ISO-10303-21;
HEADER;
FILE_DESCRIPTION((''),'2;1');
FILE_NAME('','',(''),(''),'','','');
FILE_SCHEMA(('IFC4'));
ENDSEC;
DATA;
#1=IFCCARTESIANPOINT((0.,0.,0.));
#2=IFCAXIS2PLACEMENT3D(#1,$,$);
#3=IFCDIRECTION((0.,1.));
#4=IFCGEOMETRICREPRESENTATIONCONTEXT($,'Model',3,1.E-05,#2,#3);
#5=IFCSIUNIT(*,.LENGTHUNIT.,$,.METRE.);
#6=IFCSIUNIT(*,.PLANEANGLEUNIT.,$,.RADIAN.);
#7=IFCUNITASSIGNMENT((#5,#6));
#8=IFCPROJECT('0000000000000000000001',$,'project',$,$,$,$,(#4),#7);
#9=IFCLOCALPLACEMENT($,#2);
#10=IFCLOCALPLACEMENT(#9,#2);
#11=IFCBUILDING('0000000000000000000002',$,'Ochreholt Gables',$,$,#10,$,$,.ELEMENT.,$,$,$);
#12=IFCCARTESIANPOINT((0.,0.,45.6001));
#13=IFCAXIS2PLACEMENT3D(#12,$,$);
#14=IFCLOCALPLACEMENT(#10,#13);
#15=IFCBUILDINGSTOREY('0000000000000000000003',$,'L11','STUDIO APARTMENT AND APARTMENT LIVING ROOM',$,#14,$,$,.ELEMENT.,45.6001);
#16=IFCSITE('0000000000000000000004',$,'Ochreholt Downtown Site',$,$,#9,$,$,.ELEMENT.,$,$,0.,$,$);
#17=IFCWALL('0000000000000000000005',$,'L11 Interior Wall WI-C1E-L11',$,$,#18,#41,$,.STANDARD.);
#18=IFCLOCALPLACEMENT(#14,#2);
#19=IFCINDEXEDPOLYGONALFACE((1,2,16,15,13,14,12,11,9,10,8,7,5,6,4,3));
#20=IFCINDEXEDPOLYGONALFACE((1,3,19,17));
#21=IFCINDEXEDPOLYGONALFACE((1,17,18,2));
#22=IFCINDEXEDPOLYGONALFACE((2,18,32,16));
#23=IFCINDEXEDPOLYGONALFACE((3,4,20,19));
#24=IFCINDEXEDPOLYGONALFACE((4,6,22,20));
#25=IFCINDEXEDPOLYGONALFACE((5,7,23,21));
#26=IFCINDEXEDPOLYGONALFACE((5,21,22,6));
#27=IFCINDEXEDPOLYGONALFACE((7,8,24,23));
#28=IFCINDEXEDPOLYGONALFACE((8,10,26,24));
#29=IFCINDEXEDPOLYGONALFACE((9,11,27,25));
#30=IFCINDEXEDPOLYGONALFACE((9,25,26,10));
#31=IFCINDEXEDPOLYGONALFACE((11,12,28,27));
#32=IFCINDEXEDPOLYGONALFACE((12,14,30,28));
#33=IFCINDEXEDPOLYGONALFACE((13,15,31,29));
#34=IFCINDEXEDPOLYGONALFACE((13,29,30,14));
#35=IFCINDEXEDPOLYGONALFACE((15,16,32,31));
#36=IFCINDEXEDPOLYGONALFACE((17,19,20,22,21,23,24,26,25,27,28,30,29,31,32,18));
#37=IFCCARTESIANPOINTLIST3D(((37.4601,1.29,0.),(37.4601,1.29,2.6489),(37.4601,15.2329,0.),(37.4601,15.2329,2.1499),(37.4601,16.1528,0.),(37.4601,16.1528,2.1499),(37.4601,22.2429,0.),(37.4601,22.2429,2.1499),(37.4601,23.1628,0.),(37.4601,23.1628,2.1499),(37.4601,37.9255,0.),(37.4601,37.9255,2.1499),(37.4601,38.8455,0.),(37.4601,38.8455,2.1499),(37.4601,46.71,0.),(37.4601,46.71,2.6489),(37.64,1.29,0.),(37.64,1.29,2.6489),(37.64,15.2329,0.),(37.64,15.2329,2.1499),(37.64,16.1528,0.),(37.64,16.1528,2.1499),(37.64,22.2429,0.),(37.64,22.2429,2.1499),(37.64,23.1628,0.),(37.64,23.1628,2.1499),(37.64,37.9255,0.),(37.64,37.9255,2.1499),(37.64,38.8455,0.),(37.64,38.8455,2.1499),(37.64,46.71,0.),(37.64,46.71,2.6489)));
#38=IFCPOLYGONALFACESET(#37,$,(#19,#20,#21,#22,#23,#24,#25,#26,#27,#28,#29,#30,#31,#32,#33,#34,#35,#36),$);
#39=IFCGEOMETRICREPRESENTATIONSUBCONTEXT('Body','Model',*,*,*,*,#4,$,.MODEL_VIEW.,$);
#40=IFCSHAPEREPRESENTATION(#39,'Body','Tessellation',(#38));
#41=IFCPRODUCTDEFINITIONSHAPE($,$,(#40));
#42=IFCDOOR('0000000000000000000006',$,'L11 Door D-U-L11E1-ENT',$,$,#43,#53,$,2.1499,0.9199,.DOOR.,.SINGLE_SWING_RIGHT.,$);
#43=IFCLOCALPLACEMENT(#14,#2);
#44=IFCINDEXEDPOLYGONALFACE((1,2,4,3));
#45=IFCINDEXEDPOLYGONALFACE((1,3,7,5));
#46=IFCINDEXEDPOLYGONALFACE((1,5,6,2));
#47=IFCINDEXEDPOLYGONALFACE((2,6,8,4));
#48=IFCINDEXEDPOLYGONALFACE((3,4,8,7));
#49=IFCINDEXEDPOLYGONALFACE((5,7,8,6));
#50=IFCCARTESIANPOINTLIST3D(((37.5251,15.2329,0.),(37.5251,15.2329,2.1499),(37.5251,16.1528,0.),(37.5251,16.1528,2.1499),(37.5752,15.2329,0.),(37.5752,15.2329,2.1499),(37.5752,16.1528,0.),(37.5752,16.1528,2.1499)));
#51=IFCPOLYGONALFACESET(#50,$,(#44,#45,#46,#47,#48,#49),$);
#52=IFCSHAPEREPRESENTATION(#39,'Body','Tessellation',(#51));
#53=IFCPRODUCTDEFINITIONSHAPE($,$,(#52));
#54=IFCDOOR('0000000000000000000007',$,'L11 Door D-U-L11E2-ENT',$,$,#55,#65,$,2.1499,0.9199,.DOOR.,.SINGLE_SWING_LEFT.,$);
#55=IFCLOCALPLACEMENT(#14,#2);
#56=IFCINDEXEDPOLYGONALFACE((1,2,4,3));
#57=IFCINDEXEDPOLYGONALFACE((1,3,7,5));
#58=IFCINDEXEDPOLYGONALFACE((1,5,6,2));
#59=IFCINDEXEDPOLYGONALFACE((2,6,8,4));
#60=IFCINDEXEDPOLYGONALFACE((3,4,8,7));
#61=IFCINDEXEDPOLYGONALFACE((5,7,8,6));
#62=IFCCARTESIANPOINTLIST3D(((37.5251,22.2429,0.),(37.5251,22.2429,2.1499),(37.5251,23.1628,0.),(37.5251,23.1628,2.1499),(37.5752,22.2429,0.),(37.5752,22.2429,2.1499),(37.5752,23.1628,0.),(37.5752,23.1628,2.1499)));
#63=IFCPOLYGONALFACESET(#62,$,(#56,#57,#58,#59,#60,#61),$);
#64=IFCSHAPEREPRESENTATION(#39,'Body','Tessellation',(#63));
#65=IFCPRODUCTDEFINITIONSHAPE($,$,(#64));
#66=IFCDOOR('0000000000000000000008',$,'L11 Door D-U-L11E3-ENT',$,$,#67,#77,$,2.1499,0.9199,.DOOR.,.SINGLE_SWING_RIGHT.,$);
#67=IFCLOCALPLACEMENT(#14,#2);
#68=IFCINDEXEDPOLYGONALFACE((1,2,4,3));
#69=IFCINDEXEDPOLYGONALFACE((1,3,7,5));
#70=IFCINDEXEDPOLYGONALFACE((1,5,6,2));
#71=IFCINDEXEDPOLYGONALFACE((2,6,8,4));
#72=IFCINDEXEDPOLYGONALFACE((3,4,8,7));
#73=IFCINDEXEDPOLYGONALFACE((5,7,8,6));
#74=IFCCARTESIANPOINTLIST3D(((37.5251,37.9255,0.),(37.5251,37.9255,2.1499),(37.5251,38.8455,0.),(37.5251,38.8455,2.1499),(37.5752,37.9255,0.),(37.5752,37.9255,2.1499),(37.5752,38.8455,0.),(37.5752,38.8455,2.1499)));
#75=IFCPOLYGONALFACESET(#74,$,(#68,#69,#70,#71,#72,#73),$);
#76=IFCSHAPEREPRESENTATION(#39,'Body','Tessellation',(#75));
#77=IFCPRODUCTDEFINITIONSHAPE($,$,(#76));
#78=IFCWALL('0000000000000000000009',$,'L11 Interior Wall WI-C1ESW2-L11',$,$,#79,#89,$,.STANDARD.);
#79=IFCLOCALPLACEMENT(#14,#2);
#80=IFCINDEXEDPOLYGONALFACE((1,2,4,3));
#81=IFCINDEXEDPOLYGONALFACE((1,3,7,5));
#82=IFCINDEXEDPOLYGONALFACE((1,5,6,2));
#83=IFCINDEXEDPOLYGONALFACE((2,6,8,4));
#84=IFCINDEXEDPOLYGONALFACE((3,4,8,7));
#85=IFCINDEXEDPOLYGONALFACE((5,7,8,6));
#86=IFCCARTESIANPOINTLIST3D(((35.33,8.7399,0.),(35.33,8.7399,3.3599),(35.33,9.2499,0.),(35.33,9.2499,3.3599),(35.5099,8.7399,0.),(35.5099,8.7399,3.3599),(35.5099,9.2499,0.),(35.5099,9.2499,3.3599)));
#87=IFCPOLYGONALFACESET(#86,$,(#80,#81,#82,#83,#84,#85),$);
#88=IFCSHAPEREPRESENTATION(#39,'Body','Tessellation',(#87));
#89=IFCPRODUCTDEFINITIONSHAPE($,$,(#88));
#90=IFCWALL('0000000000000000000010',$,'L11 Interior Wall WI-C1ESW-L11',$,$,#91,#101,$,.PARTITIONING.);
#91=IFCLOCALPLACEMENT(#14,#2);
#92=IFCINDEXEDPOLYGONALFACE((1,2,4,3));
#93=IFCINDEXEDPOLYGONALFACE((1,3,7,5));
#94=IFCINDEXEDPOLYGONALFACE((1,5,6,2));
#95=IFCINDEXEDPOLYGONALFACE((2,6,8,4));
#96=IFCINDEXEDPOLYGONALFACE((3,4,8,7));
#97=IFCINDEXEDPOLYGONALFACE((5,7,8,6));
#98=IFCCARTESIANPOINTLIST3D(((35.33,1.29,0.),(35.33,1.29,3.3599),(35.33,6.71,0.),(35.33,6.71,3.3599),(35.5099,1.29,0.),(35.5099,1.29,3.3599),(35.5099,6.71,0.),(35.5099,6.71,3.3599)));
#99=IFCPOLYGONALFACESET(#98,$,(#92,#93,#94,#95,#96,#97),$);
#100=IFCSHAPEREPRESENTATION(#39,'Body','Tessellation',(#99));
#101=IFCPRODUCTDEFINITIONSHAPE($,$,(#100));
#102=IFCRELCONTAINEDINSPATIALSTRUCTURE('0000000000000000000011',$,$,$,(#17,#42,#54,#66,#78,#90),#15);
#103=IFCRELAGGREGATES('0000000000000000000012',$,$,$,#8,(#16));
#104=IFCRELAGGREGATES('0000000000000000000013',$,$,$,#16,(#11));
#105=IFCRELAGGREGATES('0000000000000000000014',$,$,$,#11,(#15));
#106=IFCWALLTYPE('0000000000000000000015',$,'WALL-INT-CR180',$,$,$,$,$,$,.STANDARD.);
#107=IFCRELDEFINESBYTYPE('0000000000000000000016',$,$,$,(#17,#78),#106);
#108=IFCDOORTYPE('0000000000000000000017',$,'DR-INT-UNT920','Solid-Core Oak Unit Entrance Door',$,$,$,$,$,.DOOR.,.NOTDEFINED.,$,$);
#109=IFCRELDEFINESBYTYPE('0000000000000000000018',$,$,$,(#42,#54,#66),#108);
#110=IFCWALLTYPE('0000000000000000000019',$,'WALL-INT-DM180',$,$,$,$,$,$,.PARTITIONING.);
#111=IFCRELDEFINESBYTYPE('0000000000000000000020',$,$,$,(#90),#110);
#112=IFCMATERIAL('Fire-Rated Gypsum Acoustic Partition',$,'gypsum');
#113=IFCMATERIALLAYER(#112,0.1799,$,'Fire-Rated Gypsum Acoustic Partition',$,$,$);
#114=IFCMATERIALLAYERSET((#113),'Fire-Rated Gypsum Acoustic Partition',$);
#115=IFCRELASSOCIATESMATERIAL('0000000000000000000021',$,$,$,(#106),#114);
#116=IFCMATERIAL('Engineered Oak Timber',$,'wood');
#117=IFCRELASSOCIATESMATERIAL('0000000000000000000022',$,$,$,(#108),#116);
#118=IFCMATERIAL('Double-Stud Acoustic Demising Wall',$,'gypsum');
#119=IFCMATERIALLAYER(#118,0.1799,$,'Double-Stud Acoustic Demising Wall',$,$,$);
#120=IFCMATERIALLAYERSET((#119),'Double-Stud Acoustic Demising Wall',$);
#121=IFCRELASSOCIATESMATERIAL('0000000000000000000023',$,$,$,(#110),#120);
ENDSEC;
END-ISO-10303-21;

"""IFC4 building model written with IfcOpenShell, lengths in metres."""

from ifc_helpers import new_model, si_unit, direction, frame, frame_2d, origin, place, context, subcontext, project, spatial, rectangle, extrude, material, layer, layer_set, type_object, element, fill, save


model = new_model("IFC4")

# Units and contexts
model_context = context("Model", 3, precision=1e-05, world=origin(), true_north=direction((0.0, 1.0)))
body_context = subcontext(model_context, "Body", "Model", "MODEL_VIEW")
ifc_project = project(units=[si_unit("LENGTHUNIT", "METRE"), si_unit("PLANEANGLEUNIT", "RADIAN")], contexts=[model_context])

# Site, building, storey
site_placement = place(None, origin())
site = spatial("IfcSite", under=ifc_project, at=site_placement, Name="Ochreholt Downtown Site", CompositionType="ELEMENT", RefElevation=0.0)
building_placement = place(site_placement, origin())
building = spatial("IfcBuilding", under=site, at=building_placement, Name="Ochreholt Gables", CompositionType="ELEMENT")
storey_placement = place(building_placement, frame((0.0, 0.0, 45.6001)))
storey = spatial("IfcBuildingStorey", under=building, at=storey_placement, Name="L11", Description="STUDIO APARTMENT AND APARTMENT LIVING ROOM", CompositionType="ELEMENT", Elevation=45.6001)

# Wall, openings, doors
ifc_material_1 = material(Name="Fire-Rated Gypsum Acoustic Partition", Category="gypsum")
ifc_layer_1 = layer(ifc_material_1, 0.1799, Name="Fire-Rated Gypsum Acoustic Partition")
ifc_layer_set_1 = layer_set([ifc_layer_1], Name="Fire-Rated Gypsum Acoustic Partition")
wall_type_1 = type_object("IfcWallType", Name="WALL-INT-CR180", PredefinedType="STANDARD", material=ifc_layer_set_1)
wall_1_placement = place(storey_placement, frame((37.55, 1.29, 0.0), z_axis=(0.0, 0.0, 1.0), x_axis=(0.0, 1.0, 0.0)))
wall_1 = element("IfcWall", 1, at=wall_1_placement, inside=storey, type_object=wall_type_1, Name="L11 Interior Wall WI-C1E-L11", PredefinedType="STANDARD", context=body_context, shape_type="SweptSolid", body=[
    extrude(rectangle(XDim=45.4199, YDim=0.1799, at=frame_2d((22.71, 0.0))), origin(), (0.0, 0.0, 1.0), 2.6489),
])
opening_1_placement = place(wall_1_placement, frame((13.9429, 0.0, 0.0)))
opening_1 = element("IfcOpeningElement", 2, at=opening_1_placement, cuts=wall_1, PredefinedType="OPENING", context=body_context, shape_type="SweptSolid", body=[
    extrude(rectangle(XDim=0.9199, YDim=2.1499, at=frame_2d((0.46, 1.075))), frame((0.0, 0.0999, 0.0), z_axis=(0.0, -1.0, 0.0), x_axis=(1.0, 0.0, 0.0)), (0.0, 0.0, 1.0), 0.2),
])
opening_2_placement = place(wall_1_placement, frame((20.9529, 0.0, 0.0)))
opening_2 = element("IfcOpeningElement", 3, at=opening_2_placement, cuts=wall_1, PredefinedType="OPENING", context=body_context, shape_type="SweptSolid", body=[
    extrude(rectangle(XDim=0.9199, YDim=2.1499, at=frame_2d((0.46, 1.075))), frame((0.0, 0.0999, 0.0), z_axis=(0.0, -1.0, 0.0), x_axis=(1.0, 0.0, 0.0)), (0.0, 0.0, 1.0), 0.2),
])
opening_3_placement = place(wall_1_placement, frame((36.6355, 0.0, 0.0)))
opening_3 = element("IfcOpeningElement", 4, at=opening_3_placement, cuts=wall_1, PredefinedType="OPENING", context=body_context, shape_type="SweptSolid", body=[
    extrude(rectangle(XDim=0.9199, YDim=2.1499, at=frame_2d((0.46, 1.075))), frame((0.0, 0.0999, 0.0), z_axis=(0.0, -1.0, 0.0), x_axis=(1.0, 0.0, 0.0)), (0.0, 0.0, 1.0), 0.2),
])
ifc_material_2 = material(Name="Engineered Oak Timber", Category="wood")
door_type = type_object("IfcDoorType", Name="DR-INT-UNT920", Description="Solid-Core Oak Unit Entrance Door", OperationType="NOTDEFINED", PredefinedType="DOOR", material=ifc_material_2)
door_1_placement = place(opening_1_placement, origin())
door_1 = element("IfcDoor", 5, at=door_1_placement, inside=storey, type_object=door_type, Name="L11 Door D-U-L11E1-ENT", OperationType="SINGLE_SWING_RIGHT", OverallHeight=2.1499, OverallWidth=0.9199, PredefinedType="DOOR", context=body_context, shape_type="SweptSolid", body=[
    extrude(rectangle(XDim=0.9199, YDim=2.1499, at=frame_2d((0.46, 1.075))), frame((0.0, 0.0249, 0.0), z_axis=(0.0, -1.0, 0.0), x_axis=(1.0, 0.0, 0.0)), (0.0, 0.0, 1.0), 0.05),
])
fill(opening_1, door_1)
door_2_placement = place(opening_2_placement, origin())
door_2 = element("IfcDoor", 6, at=door_2_placement, inside=storey, type_object=door_type, Name="L11 Door D-U-L11E2-ENT", OperationType="SINGLE_SWING_LEFT", OverallHeight=2.1499, OverallWidth=0.9199, PredefinedType="DOOR", context=body_context, shape_type="SweptSolid", body=[
    extrude(rectangle(XDim=0.9199, YDim=2.1499, at=frame_2d((0.46, 1.075))), frame((0.0, 0.0249, 0.0), z_axis=(0.0, -1.0, 0.0), x_axis=(1.0, 0.0, 0.0)), (0.0, 0.0, 1.0), 0.05),
])
fill(opening_2, door_2)
door_3_placement = place(opening_3_placement, origin())
door_3 = element("IfcDoor", 7, at=door_3_placement, inside=storey, type_object=door_type, Name="L11 Door D-U-L11E3-ENT", OperationType="SINGLE_SWING_RIGHT", OverallHeight=2.1499, OverallWidth=0.9199, PredefinedType="DOOR", context=body_context, shape_type="SweptSolid", body=[
    extrude(rectangle(XDim=0.9199, YDim=2.1499, at=frame_2d((0.46, 1.075))), frame((0.0, 0.0249, 0.0), z_axis=(0.0, -1.0, 0.0), x_axis=(1.0, 0.0, 0.0)), (0.0, 0.0, 1.0), 0.05),
])
fill(opening_3, door_3)

# Walls
wall_2_placement = place(storey_placement, frame((35.4199, 8.74, 0.0), z_axis=(0.0, 0.0, 1.0), x_axis=(0.0, 1.0, 0.0)))
element("IfcWall", 8, at=wall_2_placement, inside=storey, type_object=wall_type_1, Name="L11 Interior Wall WI-C1ESW2-L11", PredefinedType="STANDARD", context=body_context, shape_type="SweptSolid", body=[
    extrude(rectangle(XDim=0.51, YDim=0.1799, at=frame_2d((0.2549, 0.0))), origin(), (0.0, 0.0, 1.0), 3.3599),
])
ifc_material_3 = material(Name="Double-Stud Acoustic Demising Wall", Category="gypsum")
ifc_layer_2 = layer(ifc_material_3, 0.1799, Name="Double-Stud Acoustic Demising Wall")
ifc_layer_set_2 = layer_set([ifc_layer_2], Name="Double-Stud Acoustic Demising Wall")
wall_type_2 = type_object("IfcWallType", Name="WALL-INT-DM180", PredefinedType="PARTITIONING", material=ifc_layer_set_2)
wall_3_placement = place(storey_placement, frame((35.4199, 1.29, 0.0), z_axis=(0.0, 0.0, 1.0), x_axis=(0.0, 1.0, 0.0)))
element("IfcWall", 9, at=wall_3_placement, inside=storey, type_object=wall_type_2, Name="L11 Interior Wall WI-C1ESW-L11", PredefinedType="PARTITIONING", context=body_context, shape_type="SweptSolid", body=[
    extrude(rectangle(XDim=5.4199, YDim=0.1799, at=frame_2d((2.71, 0.0))), origin(), (0.0, 0.0, 1.0), 3.3599),
])

save(model, "model.ifc")
